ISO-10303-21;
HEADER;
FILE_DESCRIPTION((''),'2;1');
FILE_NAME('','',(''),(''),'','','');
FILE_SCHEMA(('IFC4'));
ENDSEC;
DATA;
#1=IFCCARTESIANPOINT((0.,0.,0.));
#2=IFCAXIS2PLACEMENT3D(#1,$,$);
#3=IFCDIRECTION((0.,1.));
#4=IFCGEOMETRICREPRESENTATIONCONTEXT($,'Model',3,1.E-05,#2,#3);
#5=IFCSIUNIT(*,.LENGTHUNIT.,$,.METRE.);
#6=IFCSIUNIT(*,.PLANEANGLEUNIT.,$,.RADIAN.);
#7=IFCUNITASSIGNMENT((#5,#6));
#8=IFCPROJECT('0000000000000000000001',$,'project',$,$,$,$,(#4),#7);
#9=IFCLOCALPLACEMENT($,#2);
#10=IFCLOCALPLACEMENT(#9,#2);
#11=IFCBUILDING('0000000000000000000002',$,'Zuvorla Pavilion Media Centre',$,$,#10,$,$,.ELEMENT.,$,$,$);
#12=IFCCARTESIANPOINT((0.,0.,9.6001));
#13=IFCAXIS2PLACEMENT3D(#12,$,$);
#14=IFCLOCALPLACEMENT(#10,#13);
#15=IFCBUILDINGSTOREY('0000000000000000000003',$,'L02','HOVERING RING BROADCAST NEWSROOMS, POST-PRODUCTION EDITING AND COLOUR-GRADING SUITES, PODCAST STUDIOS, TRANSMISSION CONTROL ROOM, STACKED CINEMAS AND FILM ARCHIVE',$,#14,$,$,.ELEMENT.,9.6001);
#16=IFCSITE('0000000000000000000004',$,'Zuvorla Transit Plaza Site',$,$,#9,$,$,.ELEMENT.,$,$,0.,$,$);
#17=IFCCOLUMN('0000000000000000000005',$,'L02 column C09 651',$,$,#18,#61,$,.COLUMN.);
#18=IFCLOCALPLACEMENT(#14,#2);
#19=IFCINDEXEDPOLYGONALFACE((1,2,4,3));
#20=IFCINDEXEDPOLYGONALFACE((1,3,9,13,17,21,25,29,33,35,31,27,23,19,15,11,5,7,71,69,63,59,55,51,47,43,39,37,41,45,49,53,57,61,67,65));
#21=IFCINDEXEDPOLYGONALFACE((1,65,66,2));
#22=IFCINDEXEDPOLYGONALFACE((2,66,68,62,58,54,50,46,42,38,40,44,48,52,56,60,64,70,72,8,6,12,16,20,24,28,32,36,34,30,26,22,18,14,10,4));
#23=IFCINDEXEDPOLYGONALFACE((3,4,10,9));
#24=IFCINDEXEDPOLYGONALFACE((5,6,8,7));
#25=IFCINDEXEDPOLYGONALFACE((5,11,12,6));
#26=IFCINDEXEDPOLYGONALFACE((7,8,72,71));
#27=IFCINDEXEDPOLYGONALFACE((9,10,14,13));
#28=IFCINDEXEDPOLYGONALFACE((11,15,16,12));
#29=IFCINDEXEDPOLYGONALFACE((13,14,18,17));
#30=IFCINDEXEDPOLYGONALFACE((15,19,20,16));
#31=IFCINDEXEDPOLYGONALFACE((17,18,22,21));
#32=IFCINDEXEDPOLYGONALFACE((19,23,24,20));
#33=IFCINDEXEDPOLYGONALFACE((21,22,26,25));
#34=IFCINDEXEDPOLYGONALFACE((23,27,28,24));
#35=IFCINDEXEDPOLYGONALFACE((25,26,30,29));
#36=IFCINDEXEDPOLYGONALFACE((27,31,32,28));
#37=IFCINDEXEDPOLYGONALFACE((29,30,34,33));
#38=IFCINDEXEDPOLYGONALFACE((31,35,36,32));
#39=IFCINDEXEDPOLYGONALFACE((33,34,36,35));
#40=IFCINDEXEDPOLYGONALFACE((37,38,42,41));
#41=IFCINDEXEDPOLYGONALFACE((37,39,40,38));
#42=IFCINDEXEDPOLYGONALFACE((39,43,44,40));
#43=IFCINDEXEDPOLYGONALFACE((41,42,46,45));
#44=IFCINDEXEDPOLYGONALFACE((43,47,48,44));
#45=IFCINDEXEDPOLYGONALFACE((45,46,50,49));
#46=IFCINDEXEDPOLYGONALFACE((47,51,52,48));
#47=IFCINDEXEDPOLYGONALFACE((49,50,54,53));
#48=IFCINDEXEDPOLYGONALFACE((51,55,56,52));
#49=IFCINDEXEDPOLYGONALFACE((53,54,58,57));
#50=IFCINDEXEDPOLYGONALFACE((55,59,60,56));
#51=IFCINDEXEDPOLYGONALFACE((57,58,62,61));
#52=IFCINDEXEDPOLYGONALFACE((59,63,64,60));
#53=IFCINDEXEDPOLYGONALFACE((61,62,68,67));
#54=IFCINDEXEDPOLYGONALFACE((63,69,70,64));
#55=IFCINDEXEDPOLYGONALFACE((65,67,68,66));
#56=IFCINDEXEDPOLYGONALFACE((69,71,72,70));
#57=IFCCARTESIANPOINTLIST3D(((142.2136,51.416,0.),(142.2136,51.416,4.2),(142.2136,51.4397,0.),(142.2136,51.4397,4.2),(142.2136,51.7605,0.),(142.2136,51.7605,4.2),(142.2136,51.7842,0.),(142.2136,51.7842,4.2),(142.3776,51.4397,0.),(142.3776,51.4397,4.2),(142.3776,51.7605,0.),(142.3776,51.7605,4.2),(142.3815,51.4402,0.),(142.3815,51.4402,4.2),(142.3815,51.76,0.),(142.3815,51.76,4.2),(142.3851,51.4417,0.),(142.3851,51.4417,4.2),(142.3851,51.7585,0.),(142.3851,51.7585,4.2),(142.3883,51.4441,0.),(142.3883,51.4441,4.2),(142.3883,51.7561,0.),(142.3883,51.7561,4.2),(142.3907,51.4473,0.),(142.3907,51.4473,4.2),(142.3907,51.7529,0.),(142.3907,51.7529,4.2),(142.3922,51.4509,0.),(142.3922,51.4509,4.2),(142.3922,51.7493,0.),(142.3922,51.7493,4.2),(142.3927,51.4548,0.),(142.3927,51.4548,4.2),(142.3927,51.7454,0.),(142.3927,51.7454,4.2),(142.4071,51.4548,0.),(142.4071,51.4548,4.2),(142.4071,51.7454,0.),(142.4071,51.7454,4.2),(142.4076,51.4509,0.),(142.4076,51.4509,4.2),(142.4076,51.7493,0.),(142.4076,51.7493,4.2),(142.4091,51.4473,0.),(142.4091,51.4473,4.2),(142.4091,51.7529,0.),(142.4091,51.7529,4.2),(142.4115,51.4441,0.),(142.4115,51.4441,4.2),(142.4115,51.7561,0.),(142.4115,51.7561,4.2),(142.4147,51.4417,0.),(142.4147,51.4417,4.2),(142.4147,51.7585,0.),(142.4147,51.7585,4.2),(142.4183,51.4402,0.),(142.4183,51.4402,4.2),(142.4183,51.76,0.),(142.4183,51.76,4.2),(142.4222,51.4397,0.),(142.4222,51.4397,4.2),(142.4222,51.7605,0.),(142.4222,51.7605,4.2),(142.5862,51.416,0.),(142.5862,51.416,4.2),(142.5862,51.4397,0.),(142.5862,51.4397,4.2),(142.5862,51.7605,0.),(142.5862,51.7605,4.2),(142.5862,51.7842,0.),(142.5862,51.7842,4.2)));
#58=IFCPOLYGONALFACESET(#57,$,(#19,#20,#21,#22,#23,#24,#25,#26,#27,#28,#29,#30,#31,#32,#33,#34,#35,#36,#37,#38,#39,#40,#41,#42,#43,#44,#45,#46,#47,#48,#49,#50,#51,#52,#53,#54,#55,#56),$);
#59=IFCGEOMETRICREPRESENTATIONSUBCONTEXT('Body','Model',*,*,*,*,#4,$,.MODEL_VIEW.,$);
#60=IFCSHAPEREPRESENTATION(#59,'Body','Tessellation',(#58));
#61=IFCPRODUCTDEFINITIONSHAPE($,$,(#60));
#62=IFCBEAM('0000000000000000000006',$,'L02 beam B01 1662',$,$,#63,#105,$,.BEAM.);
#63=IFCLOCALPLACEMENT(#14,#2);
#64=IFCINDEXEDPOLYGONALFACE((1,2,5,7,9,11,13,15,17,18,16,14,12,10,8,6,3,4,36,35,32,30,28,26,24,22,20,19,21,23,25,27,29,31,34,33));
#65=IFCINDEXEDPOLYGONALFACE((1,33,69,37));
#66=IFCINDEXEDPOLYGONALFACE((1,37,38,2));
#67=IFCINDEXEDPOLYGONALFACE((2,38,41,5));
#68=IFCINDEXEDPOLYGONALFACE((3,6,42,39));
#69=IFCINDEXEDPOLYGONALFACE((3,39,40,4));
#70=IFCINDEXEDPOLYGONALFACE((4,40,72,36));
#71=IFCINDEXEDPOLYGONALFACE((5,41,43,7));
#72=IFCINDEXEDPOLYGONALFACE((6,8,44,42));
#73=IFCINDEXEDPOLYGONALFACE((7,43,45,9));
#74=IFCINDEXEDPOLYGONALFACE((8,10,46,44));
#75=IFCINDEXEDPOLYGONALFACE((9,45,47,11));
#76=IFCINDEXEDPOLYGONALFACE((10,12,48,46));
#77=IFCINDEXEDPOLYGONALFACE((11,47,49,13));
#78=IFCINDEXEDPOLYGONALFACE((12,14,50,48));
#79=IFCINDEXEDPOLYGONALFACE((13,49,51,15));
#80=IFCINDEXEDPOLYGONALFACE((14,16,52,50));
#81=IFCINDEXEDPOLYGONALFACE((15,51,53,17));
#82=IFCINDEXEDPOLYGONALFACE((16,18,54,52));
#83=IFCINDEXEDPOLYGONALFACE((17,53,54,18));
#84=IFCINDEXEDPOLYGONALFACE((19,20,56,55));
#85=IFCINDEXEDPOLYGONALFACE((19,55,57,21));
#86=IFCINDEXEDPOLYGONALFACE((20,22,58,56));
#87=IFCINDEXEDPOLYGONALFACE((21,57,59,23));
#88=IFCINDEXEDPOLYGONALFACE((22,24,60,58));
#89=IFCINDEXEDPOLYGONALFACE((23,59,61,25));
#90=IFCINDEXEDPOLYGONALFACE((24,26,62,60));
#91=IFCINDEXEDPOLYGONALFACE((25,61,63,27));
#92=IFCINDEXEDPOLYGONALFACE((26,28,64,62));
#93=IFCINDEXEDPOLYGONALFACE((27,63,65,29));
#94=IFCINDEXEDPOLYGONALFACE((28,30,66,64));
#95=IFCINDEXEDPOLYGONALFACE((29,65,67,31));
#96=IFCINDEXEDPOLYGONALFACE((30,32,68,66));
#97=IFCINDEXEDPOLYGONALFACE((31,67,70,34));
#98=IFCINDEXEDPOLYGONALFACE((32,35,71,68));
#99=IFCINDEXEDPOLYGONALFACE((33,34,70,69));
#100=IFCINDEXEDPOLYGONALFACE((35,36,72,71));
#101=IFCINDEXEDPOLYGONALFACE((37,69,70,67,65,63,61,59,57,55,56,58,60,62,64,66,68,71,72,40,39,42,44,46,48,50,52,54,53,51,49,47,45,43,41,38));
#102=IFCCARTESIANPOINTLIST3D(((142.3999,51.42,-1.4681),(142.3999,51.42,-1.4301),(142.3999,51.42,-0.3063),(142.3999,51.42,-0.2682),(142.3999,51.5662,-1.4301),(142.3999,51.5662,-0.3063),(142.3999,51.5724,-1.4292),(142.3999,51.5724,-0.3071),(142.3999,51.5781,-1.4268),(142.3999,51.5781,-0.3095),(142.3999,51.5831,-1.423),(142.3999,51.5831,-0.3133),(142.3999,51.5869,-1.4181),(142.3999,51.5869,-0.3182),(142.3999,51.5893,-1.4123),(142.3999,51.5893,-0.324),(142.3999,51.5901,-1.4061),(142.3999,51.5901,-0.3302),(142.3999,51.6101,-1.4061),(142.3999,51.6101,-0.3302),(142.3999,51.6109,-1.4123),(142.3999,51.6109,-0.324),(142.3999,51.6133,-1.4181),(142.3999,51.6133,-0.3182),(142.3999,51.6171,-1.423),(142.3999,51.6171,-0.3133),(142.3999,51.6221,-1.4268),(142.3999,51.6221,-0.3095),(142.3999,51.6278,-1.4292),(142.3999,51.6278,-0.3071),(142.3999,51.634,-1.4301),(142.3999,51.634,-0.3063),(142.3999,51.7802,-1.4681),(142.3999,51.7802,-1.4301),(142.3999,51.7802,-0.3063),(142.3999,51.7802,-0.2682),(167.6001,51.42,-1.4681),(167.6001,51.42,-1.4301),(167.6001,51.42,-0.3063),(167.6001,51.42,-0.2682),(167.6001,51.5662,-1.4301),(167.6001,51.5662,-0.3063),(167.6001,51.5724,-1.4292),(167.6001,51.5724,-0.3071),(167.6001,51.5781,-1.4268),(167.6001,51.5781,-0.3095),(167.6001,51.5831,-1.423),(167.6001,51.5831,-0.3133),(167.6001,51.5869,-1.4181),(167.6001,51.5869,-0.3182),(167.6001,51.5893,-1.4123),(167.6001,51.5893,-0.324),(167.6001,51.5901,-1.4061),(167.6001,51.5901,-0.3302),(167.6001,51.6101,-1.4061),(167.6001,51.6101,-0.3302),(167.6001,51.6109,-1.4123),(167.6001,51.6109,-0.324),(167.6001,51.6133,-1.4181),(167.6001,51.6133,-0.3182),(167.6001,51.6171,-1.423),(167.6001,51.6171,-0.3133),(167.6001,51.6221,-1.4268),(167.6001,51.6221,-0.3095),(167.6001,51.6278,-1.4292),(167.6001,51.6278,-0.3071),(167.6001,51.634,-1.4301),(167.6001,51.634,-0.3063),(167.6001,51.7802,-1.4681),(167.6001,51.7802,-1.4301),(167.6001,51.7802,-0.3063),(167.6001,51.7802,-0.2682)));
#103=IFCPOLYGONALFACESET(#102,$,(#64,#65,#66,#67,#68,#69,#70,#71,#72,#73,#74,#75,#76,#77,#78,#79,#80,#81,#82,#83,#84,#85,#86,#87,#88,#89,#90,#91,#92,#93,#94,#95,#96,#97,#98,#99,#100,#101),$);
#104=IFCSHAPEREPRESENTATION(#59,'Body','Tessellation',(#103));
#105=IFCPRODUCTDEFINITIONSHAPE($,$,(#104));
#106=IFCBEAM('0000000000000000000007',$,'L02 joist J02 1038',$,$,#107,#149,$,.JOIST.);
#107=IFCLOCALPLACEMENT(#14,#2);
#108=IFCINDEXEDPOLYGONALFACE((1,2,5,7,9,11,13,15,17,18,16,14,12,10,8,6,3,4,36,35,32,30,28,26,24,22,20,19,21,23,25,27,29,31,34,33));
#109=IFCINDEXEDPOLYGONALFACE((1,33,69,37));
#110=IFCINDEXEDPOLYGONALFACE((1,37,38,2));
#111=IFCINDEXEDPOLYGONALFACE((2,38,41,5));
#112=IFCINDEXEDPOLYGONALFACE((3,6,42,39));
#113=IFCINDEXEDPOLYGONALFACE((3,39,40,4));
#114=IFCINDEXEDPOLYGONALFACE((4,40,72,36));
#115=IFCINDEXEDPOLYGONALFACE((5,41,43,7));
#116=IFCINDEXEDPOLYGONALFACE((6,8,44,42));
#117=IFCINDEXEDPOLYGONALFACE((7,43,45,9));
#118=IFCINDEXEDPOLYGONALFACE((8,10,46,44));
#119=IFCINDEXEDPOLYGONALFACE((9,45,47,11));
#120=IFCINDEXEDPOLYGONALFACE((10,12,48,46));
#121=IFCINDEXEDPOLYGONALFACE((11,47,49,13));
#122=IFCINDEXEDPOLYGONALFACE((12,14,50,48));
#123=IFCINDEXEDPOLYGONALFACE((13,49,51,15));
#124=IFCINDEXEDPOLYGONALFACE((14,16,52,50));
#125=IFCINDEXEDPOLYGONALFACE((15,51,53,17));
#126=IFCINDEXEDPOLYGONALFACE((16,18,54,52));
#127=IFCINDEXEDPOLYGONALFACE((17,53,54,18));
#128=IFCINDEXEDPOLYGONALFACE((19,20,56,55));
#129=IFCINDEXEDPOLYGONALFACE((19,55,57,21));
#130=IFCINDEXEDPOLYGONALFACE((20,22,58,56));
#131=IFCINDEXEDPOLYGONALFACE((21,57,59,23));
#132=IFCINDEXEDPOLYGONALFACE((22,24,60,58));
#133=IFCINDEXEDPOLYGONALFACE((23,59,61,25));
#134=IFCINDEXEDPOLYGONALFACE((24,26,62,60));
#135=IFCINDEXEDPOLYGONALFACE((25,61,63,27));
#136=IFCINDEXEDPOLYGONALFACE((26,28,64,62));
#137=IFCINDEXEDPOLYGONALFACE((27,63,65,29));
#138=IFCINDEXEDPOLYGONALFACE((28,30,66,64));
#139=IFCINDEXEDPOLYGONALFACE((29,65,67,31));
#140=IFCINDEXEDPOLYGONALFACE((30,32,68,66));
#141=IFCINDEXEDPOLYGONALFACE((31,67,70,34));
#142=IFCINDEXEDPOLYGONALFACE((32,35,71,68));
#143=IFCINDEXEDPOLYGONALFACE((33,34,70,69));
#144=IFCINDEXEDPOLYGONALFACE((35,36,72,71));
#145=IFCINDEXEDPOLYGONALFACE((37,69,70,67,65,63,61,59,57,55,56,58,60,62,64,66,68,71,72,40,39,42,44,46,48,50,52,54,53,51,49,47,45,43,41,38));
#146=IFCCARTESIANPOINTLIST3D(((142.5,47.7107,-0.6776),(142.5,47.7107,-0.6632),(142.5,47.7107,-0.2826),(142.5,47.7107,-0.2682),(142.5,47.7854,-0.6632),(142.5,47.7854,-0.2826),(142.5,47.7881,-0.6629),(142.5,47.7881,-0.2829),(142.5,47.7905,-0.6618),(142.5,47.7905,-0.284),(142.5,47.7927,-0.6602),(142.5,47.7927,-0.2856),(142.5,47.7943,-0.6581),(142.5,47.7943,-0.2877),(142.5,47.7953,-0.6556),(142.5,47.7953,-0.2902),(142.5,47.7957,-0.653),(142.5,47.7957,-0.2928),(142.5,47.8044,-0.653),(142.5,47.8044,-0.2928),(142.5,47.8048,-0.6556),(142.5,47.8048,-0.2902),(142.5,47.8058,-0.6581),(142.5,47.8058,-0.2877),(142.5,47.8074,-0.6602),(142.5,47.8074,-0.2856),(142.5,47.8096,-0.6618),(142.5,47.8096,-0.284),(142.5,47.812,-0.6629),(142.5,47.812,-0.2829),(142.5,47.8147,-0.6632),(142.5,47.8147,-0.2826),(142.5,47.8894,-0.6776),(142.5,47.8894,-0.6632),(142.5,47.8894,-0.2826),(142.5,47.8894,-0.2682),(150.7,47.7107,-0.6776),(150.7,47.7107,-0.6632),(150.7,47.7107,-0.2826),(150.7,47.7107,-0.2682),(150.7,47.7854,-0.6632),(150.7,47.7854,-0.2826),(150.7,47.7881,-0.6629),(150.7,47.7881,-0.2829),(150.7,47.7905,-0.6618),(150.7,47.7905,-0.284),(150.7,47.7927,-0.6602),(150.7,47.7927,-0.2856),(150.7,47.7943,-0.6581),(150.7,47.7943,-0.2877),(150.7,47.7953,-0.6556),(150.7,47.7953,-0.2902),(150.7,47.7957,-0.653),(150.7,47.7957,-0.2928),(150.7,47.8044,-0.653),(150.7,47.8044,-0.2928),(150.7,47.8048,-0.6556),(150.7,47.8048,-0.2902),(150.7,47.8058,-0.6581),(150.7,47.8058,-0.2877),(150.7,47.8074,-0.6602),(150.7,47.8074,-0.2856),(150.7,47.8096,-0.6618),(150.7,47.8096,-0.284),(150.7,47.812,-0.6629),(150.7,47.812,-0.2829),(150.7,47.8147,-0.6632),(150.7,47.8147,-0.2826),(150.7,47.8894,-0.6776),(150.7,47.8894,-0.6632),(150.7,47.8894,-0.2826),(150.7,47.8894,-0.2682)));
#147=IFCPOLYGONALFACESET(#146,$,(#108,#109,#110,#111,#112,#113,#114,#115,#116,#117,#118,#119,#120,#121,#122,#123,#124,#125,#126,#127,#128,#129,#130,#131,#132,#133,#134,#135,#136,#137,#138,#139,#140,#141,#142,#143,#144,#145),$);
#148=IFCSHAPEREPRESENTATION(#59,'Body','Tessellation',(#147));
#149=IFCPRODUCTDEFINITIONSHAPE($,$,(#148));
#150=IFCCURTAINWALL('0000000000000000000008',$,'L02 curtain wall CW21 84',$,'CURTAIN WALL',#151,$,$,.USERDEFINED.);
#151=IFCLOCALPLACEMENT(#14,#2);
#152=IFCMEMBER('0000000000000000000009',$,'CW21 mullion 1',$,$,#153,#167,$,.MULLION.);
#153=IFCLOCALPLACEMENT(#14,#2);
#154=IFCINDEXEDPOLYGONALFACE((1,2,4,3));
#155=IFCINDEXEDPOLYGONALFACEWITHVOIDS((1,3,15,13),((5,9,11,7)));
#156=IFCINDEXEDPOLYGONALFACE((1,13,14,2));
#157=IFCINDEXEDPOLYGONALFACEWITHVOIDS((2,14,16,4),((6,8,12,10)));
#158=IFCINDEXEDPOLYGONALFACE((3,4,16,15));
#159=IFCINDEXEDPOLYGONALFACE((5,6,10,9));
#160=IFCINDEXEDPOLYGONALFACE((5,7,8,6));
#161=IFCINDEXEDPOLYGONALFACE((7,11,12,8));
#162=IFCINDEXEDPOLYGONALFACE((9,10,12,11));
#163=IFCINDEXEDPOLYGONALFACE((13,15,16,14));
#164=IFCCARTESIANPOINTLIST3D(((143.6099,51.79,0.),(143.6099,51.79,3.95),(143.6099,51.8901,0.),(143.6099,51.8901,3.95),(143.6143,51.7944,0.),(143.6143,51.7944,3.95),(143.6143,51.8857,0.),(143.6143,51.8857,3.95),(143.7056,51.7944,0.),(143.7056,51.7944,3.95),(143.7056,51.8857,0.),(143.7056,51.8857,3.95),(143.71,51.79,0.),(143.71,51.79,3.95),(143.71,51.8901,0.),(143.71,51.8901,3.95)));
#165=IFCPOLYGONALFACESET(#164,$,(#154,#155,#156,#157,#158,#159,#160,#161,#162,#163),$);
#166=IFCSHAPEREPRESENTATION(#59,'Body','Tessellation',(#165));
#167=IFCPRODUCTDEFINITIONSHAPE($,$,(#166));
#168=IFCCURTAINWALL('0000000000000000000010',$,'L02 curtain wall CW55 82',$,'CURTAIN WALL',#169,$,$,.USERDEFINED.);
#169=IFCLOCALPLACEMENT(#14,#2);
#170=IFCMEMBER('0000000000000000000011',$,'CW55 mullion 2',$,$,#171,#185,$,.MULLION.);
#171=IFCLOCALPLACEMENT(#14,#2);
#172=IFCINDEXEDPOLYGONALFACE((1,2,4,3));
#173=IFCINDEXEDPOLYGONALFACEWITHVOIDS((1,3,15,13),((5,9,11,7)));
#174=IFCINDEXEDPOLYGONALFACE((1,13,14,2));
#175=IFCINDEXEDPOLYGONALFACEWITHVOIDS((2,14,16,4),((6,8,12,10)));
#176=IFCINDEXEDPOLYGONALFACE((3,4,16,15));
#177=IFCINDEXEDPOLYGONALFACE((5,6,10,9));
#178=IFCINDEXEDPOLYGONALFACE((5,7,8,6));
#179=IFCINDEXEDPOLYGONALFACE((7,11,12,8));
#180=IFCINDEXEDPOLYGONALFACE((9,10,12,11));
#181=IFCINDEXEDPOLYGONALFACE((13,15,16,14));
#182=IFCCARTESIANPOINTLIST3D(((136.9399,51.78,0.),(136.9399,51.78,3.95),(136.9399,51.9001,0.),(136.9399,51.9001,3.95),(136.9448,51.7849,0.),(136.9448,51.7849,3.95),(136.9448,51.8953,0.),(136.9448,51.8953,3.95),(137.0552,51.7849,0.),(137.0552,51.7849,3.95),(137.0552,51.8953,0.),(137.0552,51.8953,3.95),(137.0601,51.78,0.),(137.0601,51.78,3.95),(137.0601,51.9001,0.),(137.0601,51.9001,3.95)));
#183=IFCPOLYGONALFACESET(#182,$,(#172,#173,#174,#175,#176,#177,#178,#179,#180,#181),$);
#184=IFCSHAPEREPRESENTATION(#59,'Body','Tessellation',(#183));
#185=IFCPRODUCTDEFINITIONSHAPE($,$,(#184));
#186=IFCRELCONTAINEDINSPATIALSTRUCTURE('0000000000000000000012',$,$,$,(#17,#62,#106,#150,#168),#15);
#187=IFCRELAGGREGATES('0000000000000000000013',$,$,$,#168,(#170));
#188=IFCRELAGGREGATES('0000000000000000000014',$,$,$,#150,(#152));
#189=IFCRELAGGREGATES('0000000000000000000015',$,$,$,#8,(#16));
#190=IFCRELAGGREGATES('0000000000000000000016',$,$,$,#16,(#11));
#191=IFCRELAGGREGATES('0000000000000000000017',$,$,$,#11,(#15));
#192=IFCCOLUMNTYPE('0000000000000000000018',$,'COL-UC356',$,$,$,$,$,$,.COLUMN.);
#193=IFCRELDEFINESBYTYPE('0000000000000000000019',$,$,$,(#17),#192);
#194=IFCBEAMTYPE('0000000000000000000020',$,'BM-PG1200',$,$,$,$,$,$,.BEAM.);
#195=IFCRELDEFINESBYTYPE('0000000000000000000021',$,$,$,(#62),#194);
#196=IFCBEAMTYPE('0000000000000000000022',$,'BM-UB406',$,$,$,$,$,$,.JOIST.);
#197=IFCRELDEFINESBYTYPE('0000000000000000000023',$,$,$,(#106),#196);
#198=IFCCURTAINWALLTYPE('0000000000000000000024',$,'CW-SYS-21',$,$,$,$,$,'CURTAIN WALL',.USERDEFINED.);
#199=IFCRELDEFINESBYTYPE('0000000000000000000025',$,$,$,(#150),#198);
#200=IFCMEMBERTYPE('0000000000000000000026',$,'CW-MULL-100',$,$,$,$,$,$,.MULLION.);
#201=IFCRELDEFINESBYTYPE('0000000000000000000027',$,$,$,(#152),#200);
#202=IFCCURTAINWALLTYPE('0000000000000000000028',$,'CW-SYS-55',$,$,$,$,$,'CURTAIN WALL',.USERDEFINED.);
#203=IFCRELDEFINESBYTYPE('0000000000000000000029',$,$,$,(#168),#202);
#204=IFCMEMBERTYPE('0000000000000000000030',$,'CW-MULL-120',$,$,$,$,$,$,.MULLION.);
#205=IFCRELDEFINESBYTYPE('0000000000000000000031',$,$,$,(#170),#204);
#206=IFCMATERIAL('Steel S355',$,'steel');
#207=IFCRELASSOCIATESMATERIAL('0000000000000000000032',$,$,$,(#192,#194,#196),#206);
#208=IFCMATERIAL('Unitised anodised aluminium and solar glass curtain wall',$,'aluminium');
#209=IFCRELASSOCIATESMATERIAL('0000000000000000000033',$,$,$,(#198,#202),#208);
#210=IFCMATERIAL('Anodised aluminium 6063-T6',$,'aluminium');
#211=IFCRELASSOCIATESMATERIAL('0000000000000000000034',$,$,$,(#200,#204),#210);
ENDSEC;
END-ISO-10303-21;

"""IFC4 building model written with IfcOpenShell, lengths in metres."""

from ifc_helpers import new_model, si_unit, direction, frame, origin, origin_2d, place, context, subcontext, project, spatial, hollow_rectangle, i_section, extrude, material, material_profile, profile_set, type_object, element, aggregate, save


model = new_model("IFC4")

# Units and contexts
model_context = context("Model", 3, precision=1e-05, world=origin(), true_north=direction((0.0, 1.0)))
body_context = subcontext(model_context, "Body", "Model", "MODEL_VIEW")
ifc_project = project(units=[si_unit("LENGTHUNIT", "METRE"), si_unit("PLANEANGLEUNIT", "RADIAN")], contexts=[model_context])

# Site, building, storey
site_placement = place(None, origin())
site = spatial("IfcSite", under=ifc_project, at=site_placement, Name="Zuvorla Transit Plaza Site", CompositionType="ELEMENT", RefElevation=0.0)
building_placement = place(site_placement, origin())
building = spatial("IfcBuilding", under=site, at=building_placement, Name="Zuvorla Pavilion Media Centre", CompositionType="ELEMENT")
storey_placement = place(building_placement, frame((0.0, 0.0, 9.6001)))
storey = spatial("IfcBuildingStorey", under=building, at=storey_placement, Name="L02", Description="HOVERING RING BROADCAST NEWSROOMS, POST-PRODUCTION EDITING AND COLOUR-GRADING SUITES, PODCAST STUDIOS, TRANSMISSION CONTROL ROOM, STACKED CINEMAS AND FILM ARCHIVE", CompositionType="ELEMENT", Elevation=9.6001)

# Column
ifc_material_1 = material(Name="Steel S355", Category="steel")
ifc_material_profile_1 = material_profile(ifc_material_1, i_section(OverallWidth=0.3726, OverallDepth=0.3682, WebThickness=0.0144, FlangeThickness=0.0237, FilletRadius=0.0151, at=origin_2d()), Name="UC 356x368x177")
ifc_profile_set_1 = profile_set([ifc_material_profile_1], Name="Steel S355")
column_type = type_object("IfcColumnType", Name="COL-UC356", PredefinedType="COLUMN", material=ifc_profile_set_1)
column_placement = place(storey_placement, frame((142.3999, 51.6001, 0.0), z_axis=(0.0, 0.0, 1.0), x_axis=(1.0, 0.0, 0.0)))
element("IfcColumn", 1, at=column_placement, inside=storey, type_object=column_type, Name="L02 column C09 651", PredefinedType="COLUMN", context=body_context, shape_type="SweptSolid", body=[
    extrude(i_section(OverallWidth=0.3726, OverallDepth=0.3682, WebThickness=0.0144, FlangeThickness=0.0237, FilletRadius=0.0151, at=origin_2d()), origin(), (0.0, 0.0, 1.0), 4.2),
])

# Beams
ifc_material_profile_2 = material_profile(ifc_material_1, i_section(OverallWidth=0.3601, OverallDepth=1.2, WebThickness=0.02, FlangeThickness=0.0381, FilletRadius=0.0239, at=origin_2d()), Name="PG 1200x360x38")
ifc_profile_set_2 = profile_set([ifc_material_profile_2], Name="Steel S355")
beam_type_1 = type_object("IfcBeamType", Name="BM-PG1200", PredefinedType="BEAM", material=ifc_profile_set_2)
beam_1_placement = place(storey_placement, frame((142.3999, 51.6001, -0.8682), z_axis=(1.0, 0.0, 0.0), x_axis=(0.0, 1.0, 0.0)))
element("IfcBeam", 2, at=beam_1_placement, inside=storey, type_object=beam_type_1, Name="L02 beam B01 1662", PredefinedType="BEAM", context=body_context, shape_type="SweptSolid", body=[
    extrude(i_section(OverallWidth=0.3601, OverallDepth=1.2, WebThickness=0.02, FlangeThickness=0.0381, FilletRadius=0.0239, at=origin_2d()), origin(), (0.0, 0.0, 1.0), 25.2002),
])
ifc_material_profile_3 = material_profile(ifc_material_1, i_section(OverallWidth=0.1787, OverallDepth=0.4094, WebThickness=0.0088, FlangeThickness=0.0144, FilletRadius=0.0103, at=origin_2d()), Name="UB 406x178x67")
ifc_profile_set_3 = profile_set([ifc_material_profile_3], Name="Steel S355")
beam_type_2 = type_object("IfcBeamType", Name="BM-UB406", PredefinedType="JOIST", material=ifc_profile_set_3)
beam_2_placement = place(storey_placement, frame((142.5, 47.8, -0.4729), z_axis=(1.0, 0.0, 0.0), x_axis=(0.0, 1.0, 0.0)))
element("IfcBeam", 3, at=beam_2_placement, inside=storey, type_object=beam_type_2, Name="L02 joist J02 1038", PredefinedType="JOIST", context=body_context, shape_type="SweptSolid", body=[
    extrude(i_section(OverallWidth=0.1787, OverallDepth=0.4094, WebThickness=0.0088, FlangeThickness=0.0144, FilletRadius=0.0103, at=origin_2d()), origin(), (0.0, 0.0, 1.0), 8.2),
])

# Curtain wall, member
ifc_material_2 = material(Name="Unitised anodised aluminium and solar glass curtain wall", Category="aluminium")
curtain_wall_type_1 = type_object("IfcCurtainWallType", Name="CW-SYS-21", ElementType="CURTAIN WALL", PredefinedType="USERDEFINED", material=ifc_material_2)
curtain_wall_1_placement = place(storey_placement, origin())
curtain_wall_1 = element("IfcCurtainWall", 4, at=curtain_wall_1_placement, inside=storey, type_object=curtain_wall_type_1, Name="L02 curtain wall CW21 84", ObjectType="CURTAIN WALL", PredefinedType="USERDEFINED")
ifc_material_3 = material(Name="Anodised aluminium 6063-T6", Category="aluminium")
ifc_material_profile_4 = material_profile(ifc_material_3, hollow_rectangle(XDim=0.1001, YDim=0.1001, WallThickness=0.0044, at=origin_2d()), Name="ALU MULL 100x100")
ifc_profile_set_4 = profile_set([ifc_material_profile_4], Name="Anodised aluminium 6063-T6")
member_type_1 = type_object("IfcMemberType", Name="CW-MULL-100", PredefinedType="MULLION", material=ifc_profile_set_4)
member_1_placement = place(storey_placement, frame((143.6599, 51.8401, 0.0), z_axis=(0.0, 0.0, 1.0), x_axis=(1.0, 0.0, 0.0)))
member_1 = element("IfcMember", 5, at=member_1_placement, type_object=member_type_1, Name="CW21 mullion 1", PredefinedType="MULLION", context=body_context, shape_type="SweptSolid", body=[
    extrude(hollow_rectangle(XDim=0.1001, YDim=0.1001, WallThickness=0.0044, at=origin_2d()), origin(), (0.0, 0.0, 1.0), 3.95),
])

# Curtain wall, member
curtain_wall_type_2 = type_object("IfcCurtainWallType", Name="CW-SYS-55", ElementType="CURTAIN WALL", PredefinedType="USERDEFINED", material=ifc_material_2)
curtain_wall_2_placement = place(storey_placement, origin())
curtain_wall_2 = element("IfcCurtainWall", 6, at=curtain_wall_2_placement, inside=storey, type_object=curtain_wall_type_2, Name="L02 curtain wall CW55 82", ObjectType="CURTAIN WALL", PredefinedType="USERDEFINED")
ifc_material_profile_5 = material_profile(ifc_material_3, hollow_rectangle(XDim=0.1201, YDim=0.1201, WallThickness=0.0049, at=origin_2d()), Name="ALU MULL 120x120")
ifc_profile_set_5 = profile_set([ifc_material_profile_5], Name="Anodised aluminium 6063-T6")
member_type_2 = type_object("IfcMemberType", Name="CW-MULL-120", PredefinedType="MULLION", material=ifc_profile_set_5)
member_2_placement = place(storey_placement, frame((137.0, 51.8401, 0.0), z_axis=(0.0, 0.0, 1.0), x_axis=(1.0, 0.0, 0.0)))
member_2 = element("IfcMember", 7, at=member_2_placement, type_object=member_type_2, Name="CW55 mullion 2", PredefinedType="MULLION", context=body_context, shape_type="SweptSolid", body=[
    extrude(hollow_rectangle(XDim=0.1201, YDim=0.1201, WallThickness=0.0049, at=origin_2d()), origin(), (0.0, 0.0, 1.0), 3.95),
])

aggregate(curtain_wall_2, [member_2])
aggregate(curtain_wall_1, [member_1])

save(model, "model.ifc")
